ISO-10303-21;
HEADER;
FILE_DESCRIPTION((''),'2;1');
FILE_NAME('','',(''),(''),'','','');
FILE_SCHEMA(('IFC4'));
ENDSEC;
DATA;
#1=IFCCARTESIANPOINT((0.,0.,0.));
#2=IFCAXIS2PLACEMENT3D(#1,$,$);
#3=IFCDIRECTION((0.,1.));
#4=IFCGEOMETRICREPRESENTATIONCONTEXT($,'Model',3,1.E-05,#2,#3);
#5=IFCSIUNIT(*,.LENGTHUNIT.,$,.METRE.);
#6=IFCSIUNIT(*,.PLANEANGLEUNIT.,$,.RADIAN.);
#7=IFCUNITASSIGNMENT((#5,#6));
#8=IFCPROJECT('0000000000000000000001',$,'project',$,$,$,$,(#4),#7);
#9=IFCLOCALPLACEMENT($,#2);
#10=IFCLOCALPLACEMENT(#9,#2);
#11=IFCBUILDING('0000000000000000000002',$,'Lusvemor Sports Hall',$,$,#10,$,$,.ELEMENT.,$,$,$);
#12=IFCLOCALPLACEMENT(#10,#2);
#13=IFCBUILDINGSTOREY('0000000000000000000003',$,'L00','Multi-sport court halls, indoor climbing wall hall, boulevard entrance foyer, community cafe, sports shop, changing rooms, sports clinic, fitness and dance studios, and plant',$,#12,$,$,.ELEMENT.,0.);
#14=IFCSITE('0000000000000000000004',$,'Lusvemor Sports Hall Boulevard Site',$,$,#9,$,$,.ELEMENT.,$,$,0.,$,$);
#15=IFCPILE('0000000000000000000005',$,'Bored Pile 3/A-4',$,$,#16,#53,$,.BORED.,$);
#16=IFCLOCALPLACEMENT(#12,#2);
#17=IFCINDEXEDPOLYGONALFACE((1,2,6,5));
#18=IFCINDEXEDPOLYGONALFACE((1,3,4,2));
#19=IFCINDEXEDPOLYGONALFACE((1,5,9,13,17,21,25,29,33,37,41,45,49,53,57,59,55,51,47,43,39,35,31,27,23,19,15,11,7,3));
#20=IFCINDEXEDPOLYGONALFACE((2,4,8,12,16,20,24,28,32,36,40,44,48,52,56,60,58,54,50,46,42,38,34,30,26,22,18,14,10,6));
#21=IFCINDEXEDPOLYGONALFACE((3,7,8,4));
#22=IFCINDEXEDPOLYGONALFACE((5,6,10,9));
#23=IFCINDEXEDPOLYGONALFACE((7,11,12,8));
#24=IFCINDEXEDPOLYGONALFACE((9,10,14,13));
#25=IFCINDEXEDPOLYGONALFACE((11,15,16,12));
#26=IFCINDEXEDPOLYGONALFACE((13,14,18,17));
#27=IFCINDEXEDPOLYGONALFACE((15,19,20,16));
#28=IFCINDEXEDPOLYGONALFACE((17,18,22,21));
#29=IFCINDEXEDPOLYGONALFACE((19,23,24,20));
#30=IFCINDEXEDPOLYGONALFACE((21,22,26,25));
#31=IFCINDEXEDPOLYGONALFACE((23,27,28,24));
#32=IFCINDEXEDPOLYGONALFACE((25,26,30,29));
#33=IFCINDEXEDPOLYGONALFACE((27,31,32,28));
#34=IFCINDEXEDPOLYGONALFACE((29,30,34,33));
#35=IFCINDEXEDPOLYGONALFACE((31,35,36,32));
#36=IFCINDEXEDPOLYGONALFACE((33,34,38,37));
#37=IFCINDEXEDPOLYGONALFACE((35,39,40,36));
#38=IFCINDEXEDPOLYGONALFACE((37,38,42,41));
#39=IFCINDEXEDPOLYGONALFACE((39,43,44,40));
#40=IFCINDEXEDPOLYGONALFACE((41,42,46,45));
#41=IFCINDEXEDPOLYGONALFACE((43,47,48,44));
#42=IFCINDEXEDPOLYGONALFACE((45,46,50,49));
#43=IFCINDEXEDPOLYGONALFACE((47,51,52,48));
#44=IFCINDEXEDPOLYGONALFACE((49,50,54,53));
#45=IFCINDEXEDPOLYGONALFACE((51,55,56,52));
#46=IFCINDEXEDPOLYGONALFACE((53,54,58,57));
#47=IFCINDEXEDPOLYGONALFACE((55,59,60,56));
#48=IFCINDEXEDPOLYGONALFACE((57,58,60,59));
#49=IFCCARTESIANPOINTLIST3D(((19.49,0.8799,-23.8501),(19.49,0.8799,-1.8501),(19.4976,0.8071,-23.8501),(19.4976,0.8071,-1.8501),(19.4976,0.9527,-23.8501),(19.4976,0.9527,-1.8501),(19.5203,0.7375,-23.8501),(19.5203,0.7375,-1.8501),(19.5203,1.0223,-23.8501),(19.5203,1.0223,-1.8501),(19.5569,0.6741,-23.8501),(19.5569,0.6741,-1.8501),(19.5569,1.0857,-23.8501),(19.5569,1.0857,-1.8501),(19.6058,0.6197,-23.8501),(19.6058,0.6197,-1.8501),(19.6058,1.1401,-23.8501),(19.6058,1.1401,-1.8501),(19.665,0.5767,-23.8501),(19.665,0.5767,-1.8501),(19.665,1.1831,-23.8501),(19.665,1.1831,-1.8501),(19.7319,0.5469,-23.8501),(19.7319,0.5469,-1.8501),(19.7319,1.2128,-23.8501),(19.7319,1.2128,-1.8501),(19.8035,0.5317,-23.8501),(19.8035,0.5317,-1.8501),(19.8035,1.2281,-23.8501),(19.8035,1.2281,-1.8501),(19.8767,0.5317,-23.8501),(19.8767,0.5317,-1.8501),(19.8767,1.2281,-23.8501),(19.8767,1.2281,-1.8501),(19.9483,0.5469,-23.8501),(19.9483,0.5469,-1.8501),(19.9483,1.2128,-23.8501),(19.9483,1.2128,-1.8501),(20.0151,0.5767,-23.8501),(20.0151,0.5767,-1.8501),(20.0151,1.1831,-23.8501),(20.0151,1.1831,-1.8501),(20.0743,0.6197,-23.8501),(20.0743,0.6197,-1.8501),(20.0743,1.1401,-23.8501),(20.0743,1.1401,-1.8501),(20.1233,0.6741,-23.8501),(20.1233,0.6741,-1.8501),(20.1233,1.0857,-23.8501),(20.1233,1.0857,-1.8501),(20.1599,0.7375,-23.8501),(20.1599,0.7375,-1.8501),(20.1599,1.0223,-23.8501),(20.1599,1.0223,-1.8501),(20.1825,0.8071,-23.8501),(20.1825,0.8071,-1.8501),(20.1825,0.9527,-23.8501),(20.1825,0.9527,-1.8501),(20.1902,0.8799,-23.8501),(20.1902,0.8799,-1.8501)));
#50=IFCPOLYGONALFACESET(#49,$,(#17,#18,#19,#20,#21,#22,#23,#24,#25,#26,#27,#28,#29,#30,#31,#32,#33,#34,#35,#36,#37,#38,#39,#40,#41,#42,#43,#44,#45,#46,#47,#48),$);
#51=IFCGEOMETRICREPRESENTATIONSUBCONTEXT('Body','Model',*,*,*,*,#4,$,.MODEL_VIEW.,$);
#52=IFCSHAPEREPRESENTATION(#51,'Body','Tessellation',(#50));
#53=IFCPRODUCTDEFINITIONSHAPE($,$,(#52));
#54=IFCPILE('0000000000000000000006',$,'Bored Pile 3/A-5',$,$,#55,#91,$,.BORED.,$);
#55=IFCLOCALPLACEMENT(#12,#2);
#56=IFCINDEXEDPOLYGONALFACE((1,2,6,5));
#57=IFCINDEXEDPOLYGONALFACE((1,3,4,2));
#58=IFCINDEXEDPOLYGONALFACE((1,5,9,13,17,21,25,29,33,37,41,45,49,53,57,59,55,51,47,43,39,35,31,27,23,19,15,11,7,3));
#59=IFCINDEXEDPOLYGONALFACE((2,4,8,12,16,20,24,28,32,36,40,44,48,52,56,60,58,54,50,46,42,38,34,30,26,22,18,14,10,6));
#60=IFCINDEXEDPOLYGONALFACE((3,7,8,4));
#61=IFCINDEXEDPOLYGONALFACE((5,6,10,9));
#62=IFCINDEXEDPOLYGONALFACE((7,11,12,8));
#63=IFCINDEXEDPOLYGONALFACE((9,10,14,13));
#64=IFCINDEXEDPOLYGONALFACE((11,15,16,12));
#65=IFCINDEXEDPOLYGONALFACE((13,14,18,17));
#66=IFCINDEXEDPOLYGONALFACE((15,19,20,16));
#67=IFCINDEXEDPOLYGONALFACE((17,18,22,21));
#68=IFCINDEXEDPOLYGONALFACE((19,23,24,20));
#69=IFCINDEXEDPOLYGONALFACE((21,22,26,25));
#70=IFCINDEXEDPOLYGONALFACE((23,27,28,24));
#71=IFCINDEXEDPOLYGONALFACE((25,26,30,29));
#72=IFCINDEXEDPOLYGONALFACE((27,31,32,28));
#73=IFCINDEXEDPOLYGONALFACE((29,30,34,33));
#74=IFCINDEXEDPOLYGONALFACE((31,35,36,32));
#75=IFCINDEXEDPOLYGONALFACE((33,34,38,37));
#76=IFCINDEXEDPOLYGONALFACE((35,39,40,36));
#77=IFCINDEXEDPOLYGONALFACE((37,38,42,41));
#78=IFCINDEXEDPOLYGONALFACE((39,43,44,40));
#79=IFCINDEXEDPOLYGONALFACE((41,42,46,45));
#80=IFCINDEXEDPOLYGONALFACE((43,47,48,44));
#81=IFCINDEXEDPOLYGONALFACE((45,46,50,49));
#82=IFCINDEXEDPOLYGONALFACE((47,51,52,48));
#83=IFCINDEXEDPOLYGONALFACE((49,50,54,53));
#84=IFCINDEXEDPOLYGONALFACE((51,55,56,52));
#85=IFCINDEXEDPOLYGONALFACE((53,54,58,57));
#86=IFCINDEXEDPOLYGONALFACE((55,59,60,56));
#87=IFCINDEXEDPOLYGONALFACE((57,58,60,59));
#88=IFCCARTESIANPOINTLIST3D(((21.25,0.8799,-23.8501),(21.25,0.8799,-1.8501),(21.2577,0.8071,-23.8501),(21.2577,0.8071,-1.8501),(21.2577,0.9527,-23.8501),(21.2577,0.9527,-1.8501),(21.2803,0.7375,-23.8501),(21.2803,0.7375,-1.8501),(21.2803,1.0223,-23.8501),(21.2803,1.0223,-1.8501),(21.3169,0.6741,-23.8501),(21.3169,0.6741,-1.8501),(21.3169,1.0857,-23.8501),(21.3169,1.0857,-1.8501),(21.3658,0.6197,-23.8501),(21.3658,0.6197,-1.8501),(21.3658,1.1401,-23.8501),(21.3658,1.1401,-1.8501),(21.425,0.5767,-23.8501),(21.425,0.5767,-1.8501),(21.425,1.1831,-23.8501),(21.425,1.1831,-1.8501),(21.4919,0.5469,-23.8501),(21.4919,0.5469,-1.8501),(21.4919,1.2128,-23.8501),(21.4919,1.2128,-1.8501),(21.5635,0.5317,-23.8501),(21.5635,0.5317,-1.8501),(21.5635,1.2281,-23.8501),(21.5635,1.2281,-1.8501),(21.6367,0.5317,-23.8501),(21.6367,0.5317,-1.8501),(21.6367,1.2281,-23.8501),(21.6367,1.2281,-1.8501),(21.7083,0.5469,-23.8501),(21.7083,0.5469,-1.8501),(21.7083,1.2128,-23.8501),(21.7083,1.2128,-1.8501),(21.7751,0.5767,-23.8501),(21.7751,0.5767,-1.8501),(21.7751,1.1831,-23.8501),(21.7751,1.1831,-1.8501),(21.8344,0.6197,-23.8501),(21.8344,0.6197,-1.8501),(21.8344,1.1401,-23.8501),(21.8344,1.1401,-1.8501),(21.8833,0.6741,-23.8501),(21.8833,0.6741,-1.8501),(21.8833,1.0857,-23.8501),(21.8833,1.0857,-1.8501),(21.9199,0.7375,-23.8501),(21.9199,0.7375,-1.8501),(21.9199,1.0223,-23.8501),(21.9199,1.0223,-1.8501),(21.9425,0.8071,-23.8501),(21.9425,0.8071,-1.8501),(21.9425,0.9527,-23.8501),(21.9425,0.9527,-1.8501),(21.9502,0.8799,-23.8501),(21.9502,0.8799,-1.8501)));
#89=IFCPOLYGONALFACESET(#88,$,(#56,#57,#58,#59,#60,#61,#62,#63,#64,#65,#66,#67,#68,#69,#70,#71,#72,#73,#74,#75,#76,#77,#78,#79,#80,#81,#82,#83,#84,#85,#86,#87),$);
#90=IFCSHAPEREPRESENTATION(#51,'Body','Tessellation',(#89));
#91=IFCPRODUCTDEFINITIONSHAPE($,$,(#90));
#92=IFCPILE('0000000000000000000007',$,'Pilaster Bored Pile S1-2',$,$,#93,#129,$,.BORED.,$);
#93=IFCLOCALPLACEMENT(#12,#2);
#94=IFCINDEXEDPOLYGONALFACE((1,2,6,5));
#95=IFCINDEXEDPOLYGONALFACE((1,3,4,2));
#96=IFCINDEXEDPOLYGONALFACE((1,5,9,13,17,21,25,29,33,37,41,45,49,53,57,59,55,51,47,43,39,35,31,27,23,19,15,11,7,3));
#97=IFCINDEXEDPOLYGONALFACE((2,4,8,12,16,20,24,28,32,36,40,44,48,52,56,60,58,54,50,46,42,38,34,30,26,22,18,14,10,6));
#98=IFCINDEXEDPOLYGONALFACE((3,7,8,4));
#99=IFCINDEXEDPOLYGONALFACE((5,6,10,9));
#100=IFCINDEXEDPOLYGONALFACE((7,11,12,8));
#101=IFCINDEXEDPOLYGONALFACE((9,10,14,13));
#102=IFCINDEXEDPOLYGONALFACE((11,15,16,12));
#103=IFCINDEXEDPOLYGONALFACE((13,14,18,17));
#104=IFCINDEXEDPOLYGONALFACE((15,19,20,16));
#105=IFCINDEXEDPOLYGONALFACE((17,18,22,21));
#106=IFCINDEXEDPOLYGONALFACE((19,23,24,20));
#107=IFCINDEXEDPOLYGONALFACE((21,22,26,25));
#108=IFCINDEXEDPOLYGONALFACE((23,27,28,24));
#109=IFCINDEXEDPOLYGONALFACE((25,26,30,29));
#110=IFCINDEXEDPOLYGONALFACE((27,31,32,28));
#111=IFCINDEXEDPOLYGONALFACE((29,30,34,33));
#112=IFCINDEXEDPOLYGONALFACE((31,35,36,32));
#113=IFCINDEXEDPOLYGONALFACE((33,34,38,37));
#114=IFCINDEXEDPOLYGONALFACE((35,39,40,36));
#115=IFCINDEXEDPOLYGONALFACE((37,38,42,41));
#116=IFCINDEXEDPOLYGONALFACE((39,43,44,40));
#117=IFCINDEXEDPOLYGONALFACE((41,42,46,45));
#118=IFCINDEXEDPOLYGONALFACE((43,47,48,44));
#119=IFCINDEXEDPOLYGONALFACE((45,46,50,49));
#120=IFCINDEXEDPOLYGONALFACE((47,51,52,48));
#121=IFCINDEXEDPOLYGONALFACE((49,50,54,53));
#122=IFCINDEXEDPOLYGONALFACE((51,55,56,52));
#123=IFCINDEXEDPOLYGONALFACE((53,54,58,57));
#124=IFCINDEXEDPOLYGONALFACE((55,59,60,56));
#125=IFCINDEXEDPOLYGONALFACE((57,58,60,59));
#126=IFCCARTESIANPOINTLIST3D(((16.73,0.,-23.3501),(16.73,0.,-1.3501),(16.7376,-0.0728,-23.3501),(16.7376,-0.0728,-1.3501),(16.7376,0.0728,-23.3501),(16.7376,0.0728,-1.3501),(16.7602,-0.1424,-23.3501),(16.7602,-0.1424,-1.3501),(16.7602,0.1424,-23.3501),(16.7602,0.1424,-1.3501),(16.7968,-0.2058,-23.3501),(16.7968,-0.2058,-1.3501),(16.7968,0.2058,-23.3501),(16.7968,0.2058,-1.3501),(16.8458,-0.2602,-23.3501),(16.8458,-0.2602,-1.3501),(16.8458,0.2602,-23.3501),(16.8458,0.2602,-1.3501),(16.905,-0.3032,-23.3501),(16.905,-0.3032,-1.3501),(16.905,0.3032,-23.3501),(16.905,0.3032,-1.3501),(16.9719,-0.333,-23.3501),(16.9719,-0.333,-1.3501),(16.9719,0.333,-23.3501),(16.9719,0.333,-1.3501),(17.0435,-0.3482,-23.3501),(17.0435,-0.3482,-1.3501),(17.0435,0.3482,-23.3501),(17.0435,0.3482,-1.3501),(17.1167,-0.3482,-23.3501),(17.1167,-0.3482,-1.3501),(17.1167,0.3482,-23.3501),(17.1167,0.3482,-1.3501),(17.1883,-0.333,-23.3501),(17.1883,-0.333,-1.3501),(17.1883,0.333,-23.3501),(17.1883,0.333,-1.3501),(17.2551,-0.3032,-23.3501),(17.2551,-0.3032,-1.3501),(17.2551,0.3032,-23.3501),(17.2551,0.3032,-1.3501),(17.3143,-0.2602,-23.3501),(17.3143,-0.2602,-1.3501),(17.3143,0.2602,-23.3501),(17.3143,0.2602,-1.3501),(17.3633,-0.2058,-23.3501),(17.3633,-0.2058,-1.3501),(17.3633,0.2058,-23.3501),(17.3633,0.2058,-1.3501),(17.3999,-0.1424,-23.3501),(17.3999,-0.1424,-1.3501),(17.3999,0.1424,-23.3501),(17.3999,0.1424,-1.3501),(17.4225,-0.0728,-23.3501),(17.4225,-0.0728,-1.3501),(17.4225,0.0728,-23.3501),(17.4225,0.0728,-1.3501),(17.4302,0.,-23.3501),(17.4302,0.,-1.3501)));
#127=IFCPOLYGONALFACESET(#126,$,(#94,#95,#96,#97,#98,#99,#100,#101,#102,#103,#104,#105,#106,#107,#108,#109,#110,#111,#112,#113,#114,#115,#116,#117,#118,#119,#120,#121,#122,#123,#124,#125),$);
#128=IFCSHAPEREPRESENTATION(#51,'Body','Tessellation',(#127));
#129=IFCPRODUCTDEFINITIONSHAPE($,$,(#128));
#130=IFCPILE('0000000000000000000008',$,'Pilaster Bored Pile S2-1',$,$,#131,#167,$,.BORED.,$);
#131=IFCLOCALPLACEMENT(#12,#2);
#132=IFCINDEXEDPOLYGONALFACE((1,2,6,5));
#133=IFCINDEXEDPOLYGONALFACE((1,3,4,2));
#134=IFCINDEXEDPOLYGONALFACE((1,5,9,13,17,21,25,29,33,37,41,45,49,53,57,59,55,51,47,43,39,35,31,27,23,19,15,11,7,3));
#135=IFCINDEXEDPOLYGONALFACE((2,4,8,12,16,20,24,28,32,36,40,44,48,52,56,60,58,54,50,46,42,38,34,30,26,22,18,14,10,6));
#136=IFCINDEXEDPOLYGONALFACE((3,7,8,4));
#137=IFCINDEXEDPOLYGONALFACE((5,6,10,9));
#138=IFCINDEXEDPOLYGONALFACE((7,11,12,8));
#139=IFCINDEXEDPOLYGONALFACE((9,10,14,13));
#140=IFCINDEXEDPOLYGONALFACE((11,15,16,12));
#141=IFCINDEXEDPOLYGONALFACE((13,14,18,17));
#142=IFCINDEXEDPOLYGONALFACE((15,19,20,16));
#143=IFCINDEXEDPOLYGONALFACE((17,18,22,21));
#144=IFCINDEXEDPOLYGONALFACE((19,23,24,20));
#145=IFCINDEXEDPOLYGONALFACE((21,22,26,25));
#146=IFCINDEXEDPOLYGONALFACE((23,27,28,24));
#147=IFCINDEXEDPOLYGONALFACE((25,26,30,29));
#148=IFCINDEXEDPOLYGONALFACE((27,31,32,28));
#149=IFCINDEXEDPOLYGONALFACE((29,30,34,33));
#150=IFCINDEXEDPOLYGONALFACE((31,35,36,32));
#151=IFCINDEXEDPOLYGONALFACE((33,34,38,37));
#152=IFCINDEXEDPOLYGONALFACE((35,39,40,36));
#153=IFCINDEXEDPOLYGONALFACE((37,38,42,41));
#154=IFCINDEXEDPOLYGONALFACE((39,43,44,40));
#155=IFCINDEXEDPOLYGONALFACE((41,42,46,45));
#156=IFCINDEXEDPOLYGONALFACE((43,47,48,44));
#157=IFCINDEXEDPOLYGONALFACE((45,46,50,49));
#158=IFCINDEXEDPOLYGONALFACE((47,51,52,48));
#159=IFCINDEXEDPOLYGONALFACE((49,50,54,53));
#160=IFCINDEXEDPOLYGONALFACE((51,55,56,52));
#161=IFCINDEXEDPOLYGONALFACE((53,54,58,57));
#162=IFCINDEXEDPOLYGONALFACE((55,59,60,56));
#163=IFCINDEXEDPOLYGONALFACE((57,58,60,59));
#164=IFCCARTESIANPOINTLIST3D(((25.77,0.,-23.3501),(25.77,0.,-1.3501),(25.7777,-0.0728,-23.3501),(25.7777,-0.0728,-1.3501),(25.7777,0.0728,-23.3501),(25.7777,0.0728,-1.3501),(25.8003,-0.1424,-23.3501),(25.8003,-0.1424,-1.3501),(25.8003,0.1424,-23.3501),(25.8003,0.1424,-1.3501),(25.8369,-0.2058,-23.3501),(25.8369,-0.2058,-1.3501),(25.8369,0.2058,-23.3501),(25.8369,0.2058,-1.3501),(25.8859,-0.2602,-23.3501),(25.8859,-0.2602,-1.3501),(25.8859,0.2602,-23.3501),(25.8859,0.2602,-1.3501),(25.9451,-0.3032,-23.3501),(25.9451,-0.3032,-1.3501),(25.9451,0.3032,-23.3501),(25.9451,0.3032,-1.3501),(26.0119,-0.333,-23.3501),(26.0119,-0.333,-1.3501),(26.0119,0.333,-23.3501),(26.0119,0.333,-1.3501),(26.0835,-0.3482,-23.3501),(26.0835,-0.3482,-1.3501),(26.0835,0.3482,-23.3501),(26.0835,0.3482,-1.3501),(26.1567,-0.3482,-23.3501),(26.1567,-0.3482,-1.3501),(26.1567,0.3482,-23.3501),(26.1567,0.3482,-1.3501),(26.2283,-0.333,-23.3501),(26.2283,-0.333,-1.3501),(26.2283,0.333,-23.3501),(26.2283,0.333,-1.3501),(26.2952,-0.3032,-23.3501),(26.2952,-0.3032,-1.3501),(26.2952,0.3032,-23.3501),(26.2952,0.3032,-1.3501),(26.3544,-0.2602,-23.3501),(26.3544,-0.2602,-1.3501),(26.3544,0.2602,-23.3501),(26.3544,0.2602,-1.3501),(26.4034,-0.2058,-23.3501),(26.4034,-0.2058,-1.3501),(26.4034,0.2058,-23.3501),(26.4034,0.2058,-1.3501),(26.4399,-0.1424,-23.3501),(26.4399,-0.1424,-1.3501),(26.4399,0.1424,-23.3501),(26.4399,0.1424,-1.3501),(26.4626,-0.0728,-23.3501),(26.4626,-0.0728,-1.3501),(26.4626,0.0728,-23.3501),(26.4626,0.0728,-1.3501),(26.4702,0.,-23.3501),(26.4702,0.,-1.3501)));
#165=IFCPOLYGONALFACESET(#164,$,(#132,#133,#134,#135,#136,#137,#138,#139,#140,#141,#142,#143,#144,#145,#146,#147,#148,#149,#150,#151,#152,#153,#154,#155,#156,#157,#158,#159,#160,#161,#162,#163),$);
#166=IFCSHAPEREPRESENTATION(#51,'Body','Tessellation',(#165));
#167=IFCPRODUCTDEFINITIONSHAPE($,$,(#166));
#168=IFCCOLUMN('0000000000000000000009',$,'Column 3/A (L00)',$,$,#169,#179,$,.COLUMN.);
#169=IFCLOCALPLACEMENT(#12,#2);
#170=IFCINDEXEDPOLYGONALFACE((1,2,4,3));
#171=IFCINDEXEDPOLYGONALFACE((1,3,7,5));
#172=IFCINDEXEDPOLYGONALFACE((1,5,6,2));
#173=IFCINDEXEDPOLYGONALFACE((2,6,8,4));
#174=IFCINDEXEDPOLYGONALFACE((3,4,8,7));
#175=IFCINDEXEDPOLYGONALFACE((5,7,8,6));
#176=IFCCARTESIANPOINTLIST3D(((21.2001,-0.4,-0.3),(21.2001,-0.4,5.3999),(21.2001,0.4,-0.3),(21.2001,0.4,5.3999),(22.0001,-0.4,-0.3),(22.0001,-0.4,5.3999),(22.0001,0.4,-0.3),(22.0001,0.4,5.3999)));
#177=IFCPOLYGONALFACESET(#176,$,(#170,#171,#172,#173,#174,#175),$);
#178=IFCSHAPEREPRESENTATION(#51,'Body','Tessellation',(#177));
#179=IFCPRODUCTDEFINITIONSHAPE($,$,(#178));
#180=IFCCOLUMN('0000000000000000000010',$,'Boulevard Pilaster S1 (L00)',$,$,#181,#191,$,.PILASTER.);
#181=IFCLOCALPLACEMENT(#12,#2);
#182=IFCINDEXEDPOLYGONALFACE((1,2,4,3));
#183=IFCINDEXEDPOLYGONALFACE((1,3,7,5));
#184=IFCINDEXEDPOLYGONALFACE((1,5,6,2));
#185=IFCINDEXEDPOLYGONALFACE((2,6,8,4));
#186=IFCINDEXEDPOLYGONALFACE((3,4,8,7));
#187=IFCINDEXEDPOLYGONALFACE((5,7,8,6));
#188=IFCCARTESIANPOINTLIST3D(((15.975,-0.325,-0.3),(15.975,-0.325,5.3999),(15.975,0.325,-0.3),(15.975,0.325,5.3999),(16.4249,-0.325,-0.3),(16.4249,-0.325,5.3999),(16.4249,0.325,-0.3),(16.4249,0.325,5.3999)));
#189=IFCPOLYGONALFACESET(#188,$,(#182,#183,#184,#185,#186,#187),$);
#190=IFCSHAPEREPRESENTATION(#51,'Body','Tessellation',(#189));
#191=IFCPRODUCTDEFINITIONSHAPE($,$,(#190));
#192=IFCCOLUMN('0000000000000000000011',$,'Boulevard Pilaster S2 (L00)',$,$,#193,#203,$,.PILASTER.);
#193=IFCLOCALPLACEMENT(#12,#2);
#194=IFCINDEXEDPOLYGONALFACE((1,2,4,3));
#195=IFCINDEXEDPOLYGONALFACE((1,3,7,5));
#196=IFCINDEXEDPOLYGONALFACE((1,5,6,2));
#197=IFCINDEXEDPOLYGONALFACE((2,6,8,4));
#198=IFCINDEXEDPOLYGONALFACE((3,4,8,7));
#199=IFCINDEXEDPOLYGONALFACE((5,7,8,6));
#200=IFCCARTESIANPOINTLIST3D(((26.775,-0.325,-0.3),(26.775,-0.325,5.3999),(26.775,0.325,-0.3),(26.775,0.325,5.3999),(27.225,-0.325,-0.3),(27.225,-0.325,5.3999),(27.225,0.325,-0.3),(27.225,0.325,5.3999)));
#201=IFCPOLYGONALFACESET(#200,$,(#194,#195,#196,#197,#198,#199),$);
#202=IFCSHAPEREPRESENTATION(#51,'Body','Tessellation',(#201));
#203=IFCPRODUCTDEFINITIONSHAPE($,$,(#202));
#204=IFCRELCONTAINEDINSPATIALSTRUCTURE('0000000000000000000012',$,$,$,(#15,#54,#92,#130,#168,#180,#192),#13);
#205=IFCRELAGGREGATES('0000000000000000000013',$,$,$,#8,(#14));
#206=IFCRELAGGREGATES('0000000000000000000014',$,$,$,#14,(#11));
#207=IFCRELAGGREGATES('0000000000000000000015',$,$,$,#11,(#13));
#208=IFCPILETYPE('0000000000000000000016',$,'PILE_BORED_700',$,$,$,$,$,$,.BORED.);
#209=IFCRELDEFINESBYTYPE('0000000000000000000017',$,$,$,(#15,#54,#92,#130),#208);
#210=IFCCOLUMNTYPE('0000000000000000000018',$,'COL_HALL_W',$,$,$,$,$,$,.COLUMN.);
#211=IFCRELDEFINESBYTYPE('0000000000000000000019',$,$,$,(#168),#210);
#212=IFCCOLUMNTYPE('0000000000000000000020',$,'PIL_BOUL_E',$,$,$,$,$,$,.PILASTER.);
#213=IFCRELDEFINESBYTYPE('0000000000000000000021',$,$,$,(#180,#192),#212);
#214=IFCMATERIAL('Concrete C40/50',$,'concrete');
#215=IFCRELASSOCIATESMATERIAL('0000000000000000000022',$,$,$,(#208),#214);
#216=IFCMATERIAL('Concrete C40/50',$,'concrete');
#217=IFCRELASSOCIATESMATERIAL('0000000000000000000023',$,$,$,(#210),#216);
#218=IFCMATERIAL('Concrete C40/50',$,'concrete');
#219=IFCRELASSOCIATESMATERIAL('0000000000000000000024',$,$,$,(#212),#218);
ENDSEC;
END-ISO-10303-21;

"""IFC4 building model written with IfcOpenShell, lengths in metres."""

from ifc_helpers import new_model, si_unit, direction, frame, origin, origin_2d, place, context, subcontext, project, spatial, rectangle, circle, extrude, material, material_profile, profile_set, type_object, element, save


model = new_model("IFC4")

# Units and contexts
model_context = context("Model", 3, precision=1e-05, world=origin(), true_north=direction((0.0, 1.0)))
body_context = subcontext(model_context, "Body", "Model", "MODEL_VIEW")
ifc_project = project(units=[si_unit("LENGTHUNIT", "METRE"), si_unit("PLANEANGLEUNIT", "RADIAN")], contexts=[model_context])

# Site, building, storey
site_placement = place(None, origin())
site = spatial("IfcSite", under=ifc_project, at=site_placement, Name="Lusvemor Sports Hall Boulevard Site", CompositionType="ELEMENT", RefElevation=0.0)
building_placement = place(site_placement, origin())
building = spatial("IfcBuilding", under=site, at=building_placement, Name="Lusvemor Sports Hall", CompositionType="ELEMENT")
storey_placement = place(building_placement, origin())
storey = spatial("IfcBuildingStorey", under=building, at=storey_placement, Name="L00", Description="Multi-sport court halls, indoor climbing wall hall, boulevard entrance foyer, community cafe, sports shop, changing rooms, sports clinic, fitness and dance studios, and plant", CompositionType="ELEMENT", Elevation=0.0)

# Piles
ifc_material_1 = material(Name="Concrete C40/50", Category="concrete")
ifc_material_profile_1 = material_profile(ifc_material_1, circle(Radius=0.3501, at=origin_2d()), Name="PILE700")
ifc_profile_set_1 = profile_set([ifc_material_profile_1], Name="Concrete C40/50")
pile_type = type_object("IfcPileType", Name="PILE_BORED_700", PredefinedType="BORED", material=ifc_profile_set_1)
for number, where, z_axis, x_axis, name in (
    (1, (19.8401, 0.8799, -1.8501), (0.0, 0.0, -1.0), (1.0, 0.0, 0.0), "Bored Pile 3/A-4"),
    (2, (21.6001, 0.8799, -1.8501), (0.0, 0.0, -1.0), (1.0, 0.0, 0.0), "Bored Pile 3/A-5"),
    (3, (17.0801, 0.0, -1.3501), (0.0, 0.0, -1.0), (1.0, 0.0, 0.0), "Pilaster Bored Pile S1-2"),
    (4, (26.1201, 0.0, -1.3501), (0.0, 0.0, -1.0), (1.0, 0.0, 0.0), "Pilaster Bored Pile S2-1"),
):
    element("IfcPile", number, at=place(storey_placement, frame(where, z_axis=z_axis, x_axis=x_axis)), inside=storey, type_object=pile_type, Name=name, PredefinedType="BORED", context=body_context, shape_type="SweptSolid", body=[
        extrude(circle(Radius=0.3501, at=origin_2d()), origin(), (0.0, 0.0, 1.0), 22.0),
    ])

# Columns
ifc_material_2 = material(Name="Concrete C40/50", Category="concrete")
ifc_material_profile_2 = material_profile(ifc_material_2, rectangle(XDim=0.8, YDim=0.8, at=origin_2d()), Name="RC800x800")
ifc_profile_set_2 = profile_set([ifc_material_profile_2], Name="Concrete C40/50")
column_type_1 = type_object("IfcColumnType", Name="COL_HALL_W", PredefinedType="COLUMN", material=ifc_profile_set_2)
column_placement = place(storey_placement, frame((21.6001, 0.0, -0.3), z_axis=(0.0, 0.0, 1.0), x_axis=(1.0, 0.0, 0.0)))
element("IfcColumn", 5, at=column_placement, inside=storey, type_object=column_type_1, Name="Column 3/A (L00)", PredefinedType="COLUMN", context=body_context, shape_type="SweptSolid", body=[
    extrude(rectangle(XDim=0.8, YDim=0.8, at=origin_2d()), origin(), (0.0, 0.0, 1.0), 5.7),
])
ifc_material_3 = material(Name="Concrete C40/50", Category="concrete")
ifc_material_profile_3 = material_profile(ifc_material_3, rectangle(XDim=0.45, YDim=0.6499, at=origin_2d()), Name="RC450x650")
ifc_profile_set_3 = profile_set([ifc_material_profile_3], Name="Concrete C40/50")
column_type_2 = type_object("IfcColumnType", Name="PIL_BOUL_E", PredefinedType="PILASTER", material=ifc_profile_set_3)
for number, where, z_axis, x_axis, name in (
    (6, (16.2, 0.0, -0.3), (0.0, 0.0, 1.0), (1.0, 0.0, 0.0), "Boulevard Pilaster S1 (L00)"),
    (7, (27.0, 0.0, -0.3), (0.0, 0.0, 1.0), (1.0, 0.0, 0.0), "Boulevard Pilaster S2 (L00)"),
):
    element("IfcColumn", number, at=place(storey_placement, frame(where, z_axis=z_axis, x_axis=x_axis)), inside=storey, type_object=column_type_2, Name=name, PredefinedType="PILASTER", context=body_context, shape_type="SweptSolid", body=[
        extrude(rectangle(XDim=0.45, YDim=0.6499, at=origin_2d()), origin(), (0.0, 0.0, 1.0), 5.7),
    ])

save(model, "model.ifc")
